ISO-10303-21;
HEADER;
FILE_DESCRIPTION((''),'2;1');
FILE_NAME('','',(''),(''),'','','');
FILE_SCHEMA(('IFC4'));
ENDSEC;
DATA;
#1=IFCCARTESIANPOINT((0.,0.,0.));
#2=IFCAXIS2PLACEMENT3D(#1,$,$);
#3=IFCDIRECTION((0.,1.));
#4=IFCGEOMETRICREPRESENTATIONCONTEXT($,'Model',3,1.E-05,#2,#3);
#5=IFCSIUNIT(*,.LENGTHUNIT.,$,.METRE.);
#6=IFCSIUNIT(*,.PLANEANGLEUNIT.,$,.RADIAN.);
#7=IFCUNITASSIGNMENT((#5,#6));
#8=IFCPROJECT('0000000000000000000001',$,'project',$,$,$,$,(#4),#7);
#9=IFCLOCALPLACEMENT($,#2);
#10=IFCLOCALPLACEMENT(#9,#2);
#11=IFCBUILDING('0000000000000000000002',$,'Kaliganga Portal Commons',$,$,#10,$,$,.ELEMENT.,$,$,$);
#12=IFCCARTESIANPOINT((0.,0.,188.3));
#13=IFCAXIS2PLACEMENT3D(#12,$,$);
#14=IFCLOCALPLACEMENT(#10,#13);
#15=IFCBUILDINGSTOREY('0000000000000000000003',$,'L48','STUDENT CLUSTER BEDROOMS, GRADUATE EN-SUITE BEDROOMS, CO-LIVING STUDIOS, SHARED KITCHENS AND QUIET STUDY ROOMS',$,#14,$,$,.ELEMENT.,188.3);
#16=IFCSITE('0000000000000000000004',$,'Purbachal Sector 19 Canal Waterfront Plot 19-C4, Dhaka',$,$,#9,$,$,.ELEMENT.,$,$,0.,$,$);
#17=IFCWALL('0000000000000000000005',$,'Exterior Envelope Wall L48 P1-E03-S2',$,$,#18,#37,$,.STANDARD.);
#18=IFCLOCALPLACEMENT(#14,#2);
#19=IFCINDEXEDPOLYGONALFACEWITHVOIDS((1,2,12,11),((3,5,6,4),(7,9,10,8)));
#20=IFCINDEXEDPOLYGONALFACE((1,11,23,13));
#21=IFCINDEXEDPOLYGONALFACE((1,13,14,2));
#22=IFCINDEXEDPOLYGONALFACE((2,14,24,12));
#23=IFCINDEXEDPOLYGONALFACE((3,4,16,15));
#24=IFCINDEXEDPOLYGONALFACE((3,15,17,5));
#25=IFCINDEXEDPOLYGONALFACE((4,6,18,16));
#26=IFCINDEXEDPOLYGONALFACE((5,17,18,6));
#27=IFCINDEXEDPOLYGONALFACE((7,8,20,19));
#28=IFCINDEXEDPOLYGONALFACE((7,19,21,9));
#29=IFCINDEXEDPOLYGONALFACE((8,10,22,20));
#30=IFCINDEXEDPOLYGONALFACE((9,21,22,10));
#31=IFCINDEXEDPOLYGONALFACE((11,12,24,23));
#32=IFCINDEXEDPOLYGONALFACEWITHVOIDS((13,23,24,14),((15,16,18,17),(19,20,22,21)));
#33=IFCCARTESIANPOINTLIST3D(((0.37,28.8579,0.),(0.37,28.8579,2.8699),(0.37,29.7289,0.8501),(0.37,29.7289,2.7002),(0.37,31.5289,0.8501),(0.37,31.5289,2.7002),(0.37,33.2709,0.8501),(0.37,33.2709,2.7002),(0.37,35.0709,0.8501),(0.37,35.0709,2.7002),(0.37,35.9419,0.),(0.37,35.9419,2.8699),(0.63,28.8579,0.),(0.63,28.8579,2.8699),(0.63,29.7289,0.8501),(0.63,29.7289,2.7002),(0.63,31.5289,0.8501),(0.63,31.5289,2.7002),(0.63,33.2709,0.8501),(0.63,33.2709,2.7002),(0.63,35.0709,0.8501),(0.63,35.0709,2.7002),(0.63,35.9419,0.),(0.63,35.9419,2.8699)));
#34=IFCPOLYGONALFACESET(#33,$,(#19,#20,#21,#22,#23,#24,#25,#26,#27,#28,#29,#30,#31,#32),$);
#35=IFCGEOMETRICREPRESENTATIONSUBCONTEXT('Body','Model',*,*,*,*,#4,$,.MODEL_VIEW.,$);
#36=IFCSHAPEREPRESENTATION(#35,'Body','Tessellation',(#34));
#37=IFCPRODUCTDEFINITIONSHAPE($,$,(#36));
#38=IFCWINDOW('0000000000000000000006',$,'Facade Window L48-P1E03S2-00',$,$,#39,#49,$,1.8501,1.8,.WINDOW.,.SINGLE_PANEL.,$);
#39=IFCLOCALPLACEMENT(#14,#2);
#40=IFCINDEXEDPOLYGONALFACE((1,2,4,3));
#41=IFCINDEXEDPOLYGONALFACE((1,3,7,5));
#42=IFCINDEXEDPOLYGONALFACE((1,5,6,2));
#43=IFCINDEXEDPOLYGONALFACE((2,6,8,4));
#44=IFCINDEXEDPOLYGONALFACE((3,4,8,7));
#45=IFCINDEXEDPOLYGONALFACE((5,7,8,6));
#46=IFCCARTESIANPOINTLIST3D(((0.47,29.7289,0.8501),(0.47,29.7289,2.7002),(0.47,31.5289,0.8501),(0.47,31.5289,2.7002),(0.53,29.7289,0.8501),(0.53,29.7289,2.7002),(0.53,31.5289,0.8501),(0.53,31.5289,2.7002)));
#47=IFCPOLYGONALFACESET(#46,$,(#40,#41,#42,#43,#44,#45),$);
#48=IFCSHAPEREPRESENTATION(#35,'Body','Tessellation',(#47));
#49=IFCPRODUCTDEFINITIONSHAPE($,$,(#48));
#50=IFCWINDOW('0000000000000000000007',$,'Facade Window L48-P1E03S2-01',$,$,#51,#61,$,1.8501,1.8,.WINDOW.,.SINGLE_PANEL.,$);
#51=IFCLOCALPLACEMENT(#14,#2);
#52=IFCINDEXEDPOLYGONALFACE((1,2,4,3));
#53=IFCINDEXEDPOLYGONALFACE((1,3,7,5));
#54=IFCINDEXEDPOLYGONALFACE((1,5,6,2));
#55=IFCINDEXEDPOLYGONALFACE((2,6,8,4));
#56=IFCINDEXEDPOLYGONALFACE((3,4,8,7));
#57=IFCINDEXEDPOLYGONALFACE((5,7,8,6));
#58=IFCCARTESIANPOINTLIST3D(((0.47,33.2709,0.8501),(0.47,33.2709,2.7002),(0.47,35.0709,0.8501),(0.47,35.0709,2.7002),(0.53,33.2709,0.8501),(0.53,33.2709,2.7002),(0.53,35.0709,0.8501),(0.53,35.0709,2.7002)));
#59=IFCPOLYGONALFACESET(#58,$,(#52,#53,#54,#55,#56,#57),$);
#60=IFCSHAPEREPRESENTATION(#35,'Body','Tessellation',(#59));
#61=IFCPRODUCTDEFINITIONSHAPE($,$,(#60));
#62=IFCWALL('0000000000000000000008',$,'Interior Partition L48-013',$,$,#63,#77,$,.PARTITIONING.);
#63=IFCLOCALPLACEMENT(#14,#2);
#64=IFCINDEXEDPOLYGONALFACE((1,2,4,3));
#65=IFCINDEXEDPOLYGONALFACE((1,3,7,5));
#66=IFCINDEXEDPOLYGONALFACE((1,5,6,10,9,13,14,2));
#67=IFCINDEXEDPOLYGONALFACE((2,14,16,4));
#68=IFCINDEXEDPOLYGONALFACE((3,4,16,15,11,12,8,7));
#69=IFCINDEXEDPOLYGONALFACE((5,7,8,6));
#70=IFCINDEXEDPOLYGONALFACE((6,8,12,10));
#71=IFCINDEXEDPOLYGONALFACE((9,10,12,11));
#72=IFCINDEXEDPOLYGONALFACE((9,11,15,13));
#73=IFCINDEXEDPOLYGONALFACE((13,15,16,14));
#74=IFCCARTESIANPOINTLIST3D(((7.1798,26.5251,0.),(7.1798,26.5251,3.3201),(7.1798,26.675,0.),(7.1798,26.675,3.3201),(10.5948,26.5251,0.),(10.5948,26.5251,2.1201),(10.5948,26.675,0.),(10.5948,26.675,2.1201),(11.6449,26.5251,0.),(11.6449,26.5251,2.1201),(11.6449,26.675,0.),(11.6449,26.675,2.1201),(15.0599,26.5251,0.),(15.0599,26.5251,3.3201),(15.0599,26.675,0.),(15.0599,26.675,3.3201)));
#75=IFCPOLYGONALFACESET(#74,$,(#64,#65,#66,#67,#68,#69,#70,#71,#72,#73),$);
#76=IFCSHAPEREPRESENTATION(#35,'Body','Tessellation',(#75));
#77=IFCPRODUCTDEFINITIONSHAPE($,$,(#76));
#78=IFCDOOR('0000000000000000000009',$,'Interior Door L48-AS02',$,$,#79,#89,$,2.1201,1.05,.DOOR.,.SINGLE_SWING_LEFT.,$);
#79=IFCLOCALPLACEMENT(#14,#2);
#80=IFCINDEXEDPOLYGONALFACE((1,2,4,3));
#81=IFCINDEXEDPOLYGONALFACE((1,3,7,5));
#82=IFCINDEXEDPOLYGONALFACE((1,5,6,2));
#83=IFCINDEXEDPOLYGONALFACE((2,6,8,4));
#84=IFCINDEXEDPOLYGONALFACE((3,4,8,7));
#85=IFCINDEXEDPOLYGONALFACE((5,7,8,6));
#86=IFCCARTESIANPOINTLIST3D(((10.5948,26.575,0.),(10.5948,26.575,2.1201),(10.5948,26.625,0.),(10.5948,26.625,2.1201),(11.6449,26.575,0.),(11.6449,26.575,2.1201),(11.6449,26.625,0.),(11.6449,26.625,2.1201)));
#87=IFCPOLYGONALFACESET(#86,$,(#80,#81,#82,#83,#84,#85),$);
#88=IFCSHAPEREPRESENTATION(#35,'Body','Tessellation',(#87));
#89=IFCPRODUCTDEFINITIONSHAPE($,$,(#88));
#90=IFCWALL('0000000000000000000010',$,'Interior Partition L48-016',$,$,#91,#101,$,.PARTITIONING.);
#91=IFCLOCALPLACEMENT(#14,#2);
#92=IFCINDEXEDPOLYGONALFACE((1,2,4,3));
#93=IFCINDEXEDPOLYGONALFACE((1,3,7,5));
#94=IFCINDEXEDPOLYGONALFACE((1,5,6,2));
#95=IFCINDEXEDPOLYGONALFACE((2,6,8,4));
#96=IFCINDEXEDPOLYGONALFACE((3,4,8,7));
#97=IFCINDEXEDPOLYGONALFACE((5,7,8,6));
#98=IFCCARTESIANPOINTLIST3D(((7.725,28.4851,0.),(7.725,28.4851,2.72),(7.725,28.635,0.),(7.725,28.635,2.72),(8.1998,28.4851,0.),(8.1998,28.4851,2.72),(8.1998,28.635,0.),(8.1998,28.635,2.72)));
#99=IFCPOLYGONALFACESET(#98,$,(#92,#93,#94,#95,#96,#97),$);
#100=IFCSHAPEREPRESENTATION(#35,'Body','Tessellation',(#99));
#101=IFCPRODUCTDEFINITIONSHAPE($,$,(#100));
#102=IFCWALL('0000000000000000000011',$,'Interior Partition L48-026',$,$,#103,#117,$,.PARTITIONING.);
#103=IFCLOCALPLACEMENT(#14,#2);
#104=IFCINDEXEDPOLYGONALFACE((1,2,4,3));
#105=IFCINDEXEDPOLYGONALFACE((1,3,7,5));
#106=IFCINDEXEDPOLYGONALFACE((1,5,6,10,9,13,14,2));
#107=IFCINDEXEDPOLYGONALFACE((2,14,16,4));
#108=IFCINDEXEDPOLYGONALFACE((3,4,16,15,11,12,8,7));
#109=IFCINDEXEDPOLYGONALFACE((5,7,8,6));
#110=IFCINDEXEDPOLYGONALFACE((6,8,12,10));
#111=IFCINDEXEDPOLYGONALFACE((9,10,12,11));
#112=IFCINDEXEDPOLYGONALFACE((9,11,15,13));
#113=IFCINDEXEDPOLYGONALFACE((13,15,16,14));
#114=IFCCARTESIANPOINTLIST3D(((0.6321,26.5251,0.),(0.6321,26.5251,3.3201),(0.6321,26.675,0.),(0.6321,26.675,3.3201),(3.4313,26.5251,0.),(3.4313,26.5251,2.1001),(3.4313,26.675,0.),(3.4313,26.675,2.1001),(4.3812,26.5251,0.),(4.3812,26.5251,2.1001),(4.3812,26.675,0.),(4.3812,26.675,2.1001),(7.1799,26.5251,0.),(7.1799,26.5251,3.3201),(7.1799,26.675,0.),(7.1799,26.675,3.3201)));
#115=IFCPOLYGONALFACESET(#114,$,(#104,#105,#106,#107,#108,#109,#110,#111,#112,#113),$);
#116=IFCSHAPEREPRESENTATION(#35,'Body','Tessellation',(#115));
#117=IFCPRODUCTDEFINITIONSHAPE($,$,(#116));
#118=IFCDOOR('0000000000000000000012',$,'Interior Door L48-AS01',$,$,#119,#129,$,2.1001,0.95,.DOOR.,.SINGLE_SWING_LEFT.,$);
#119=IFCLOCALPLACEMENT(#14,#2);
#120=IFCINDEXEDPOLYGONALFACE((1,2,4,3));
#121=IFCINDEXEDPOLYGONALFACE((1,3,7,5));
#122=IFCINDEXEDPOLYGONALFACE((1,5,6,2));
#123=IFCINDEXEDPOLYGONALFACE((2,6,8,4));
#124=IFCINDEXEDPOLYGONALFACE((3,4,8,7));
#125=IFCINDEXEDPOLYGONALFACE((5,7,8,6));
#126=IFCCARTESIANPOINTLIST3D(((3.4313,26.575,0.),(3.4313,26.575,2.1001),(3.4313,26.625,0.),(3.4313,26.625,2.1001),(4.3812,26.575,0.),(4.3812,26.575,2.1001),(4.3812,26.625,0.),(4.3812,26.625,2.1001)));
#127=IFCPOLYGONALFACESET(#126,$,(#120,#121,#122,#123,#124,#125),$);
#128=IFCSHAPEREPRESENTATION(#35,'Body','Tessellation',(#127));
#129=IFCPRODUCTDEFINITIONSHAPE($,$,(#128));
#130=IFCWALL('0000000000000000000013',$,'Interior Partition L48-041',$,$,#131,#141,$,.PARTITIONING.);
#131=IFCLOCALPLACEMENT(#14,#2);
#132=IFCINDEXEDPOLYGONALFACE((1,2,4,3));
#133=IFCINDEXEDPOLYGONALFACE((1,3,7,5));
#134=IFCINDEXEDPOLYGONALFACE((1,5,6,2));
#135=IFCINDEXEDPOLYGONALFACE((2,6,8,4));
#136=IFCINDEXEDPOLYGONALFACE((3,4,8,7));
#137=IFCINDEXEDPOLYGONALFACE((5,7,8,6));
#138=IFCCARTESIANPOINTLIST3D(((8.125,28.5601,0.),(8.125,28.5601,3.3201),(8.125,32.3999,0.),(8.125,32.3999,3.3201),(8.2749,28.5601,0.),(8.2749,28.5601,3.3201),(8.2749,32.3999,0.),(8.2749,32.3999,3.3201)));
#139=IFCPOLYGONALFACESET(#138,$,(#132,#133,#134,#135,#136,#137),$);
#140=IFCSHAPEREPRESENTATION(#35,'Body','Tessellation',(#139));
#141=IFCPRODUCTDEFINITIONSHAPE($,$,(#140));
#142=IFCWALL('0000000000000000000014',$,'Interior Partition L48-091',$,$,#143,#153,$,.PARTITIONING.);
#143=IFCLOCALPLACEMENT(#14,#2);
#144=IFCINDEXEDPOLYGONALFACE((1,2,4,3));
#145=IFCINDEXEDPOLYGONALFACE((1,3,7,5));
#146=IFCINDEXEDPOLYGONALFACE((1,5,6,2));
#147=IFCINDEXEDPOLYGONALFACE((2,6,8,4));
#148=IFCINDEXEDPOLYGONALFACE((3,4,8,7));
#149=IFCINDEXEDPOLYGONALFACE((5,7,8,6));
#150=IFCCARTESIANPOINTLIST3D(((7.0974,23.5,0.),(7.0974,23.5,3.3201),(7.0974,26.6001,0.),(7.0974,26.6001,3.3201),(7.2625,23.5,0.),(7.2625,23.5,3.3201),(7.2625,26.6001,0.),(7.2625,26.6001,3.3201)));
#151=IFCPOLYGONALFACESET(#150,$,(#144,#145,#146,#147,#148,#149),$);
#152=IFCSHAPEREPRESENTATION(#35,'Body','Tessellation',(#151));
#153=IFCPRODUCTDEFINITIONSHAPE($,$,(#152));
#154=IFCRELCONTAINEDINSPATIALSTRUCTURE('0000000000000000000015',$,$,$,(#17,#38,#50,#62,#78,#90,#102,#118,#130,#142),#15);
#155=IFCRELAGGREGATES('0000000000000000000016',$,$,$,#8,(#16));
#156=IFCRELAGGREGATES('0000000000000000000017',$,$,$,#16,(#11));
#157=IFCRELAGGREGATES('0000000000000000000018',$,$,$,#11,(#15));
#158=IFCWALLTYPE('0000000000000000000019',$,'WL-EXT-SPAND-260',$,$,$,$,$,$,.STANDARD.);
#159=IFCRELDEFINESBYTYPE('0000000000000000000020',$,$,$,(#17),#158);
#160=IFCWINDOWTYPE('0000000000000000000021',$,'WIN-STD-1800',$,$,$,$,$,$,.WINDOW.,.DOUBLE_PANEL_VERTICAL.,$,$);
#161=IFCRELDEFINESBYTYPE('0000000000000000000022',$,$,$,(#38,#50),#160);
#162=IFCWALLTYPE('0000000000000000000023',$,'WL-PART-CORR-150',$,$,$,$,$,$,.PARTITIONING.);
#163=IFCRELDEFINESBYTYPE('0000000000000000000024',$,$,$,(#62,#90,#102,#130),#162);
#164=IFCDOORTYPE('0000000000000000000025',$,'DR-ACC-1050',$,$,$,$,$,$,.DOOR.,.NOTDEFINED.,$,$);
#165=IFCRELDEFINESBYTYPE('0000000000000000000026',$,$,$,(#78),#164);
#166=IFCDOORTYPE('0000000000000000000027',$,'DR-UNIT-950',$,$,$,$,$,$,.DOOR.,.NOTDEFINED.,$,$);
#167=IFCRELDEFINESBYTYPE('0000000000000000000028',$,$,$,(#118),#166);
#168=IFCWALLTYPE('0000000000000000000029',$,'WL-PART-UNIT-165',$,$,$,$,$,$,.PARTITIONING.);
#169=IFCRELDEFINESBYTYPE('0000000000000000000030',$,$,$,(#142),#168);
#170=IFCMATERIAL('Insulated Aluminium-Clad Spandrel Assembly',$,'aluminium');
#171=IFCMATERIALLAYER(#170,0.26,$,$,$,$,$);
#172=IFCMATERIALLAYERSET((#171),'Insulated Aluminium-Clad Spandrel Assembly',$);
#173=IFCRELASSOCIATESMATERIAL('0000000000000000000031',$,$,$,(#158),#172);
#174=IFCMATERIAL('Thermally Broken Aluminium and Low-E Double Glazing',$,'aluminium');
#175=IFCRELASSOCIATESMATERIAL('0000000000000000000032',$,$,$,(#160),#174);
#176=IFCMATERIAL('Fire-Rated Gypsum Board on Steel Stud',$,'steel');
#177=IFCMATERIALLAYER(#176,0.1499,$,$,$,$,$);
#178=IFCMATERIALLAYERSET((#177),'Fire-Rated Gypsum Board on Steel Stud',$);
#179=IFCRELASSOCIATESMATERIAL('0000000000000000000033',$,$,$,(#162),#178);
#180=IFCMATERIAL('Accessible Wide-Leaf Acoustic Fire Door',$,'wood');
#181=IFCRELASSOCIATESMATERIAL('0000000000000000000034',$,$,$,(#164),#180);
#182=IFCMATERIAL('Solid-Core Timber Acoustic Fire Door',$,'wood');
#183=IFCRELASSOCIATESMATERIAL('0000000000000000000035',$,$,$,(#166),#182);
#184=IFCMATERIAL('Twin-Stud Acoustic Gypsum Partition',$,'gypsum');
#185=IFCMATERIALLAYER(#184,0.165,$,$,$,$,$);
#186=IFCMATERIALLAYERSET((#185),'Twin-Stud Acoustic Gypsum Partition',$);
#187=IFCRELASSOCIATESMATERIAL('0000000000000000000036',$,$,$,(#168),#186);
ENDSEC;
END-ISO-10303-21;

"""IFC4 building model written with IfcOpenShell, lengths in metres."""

from ifc_helpers import new_model, si_unit, direction, frame, frame_2d, origin, place, context, subcontext, project, spatial, rectangle, extrude, material, layer, layer_set, type_object, element, fill, save


model = new_model("IFC4")

# Units and contexts
model_context = context("Model", 3, precision=1e-05, world=origin(), true_north=direction((0.0, 1.0)))
body_context = subcontext(model_context, "Body", "Model", "MODEL_VIEW")
ifc_project = project(units=[si_unit("LENGTHUNIT", "METRE"), si_unit("PLANEANGLEUNIT", "RADIAN")], contexts=[model_context])

# Site, building, storey
site_placement = place(None, origin())
site = spatial("IfcSite", under=ifc_project, at=site_placement, Name="Purbachal Sector 19 Canal Waterfront Plot 19-C4, Dhaka", CompositionType="ELEMENT", RefElevation=0.0)
building_placement = place(site_placement, origin())
building = spatial("IfcBuilding", under=site, at=building_placement, Name="Kaliganga Portal Commons", CompositionType="ELEMENT")
storey_placement = place(building_placement, frame((0.0, 0.0, 188.3)))
storey = spatial("IfcBuildingStorey", under=building, at=storey_placement, Name="L48", Description="STUDENT CLUSTER BEDROOMS, GRADUATE EN-SUITE BEDROOMS, CO-LIVING STUDIOS, SHARED KITCHENS AND QUIET STUDY ROOMS", CompositionType="ELEMENT", Elevation=188.3)

# Wall, openings, windows
ifc_material_1 = material(Name="Insulated Aluminium-Clad Spandrel Assembly", Category="aluminium")
ifc_layer_1 = layer(ifc_material_1, 0.26)
ifc_layer_set_1 = layer_set([ifc_layer_1], Name="Insulated Aluminium-Clad Spandrel Assembly")
wall_type_1 = type_object("IfcWallType", Name="WL-EXT-SPAND-260", PredefinedType="STANDARD", material=ifc_layer_set_1)
wall_1_placement = place(storey_placement, frame((0.5, 28.8579, 0.0), z_axis=(0.0, 0.0, 1.0), x_axis=(0.0, 1.0, 0.0)))
wall_1 = element("IfcWall", 1, at=wall_1_placement, inside=storey, type_object=wall_type_1, Name="Exterior Envelope Wall L48 P1-E03-S2", PredefinedType="STANDARD", context=body_context, shape_type="SweptSolid", body=[
    extrude(rectangle(XDim=7.084, YDim=0.26, at=frame_2d((3.542, 0.0))), origin(), (0.0, 0.0, 1.0), 2.8699),
])
opening_1_placement = place(wall_1_placement, frame((0.8711, 0.0, 0.8501)))
opening_1 = element("IfcOpeningElement", 2, at=opening_1_placement, cuts=wall_1, PredefinedType="OPENING", context=body_context, shape_type="SweptSolid", body=[
    extrude(rectangle(XDim=1.8, YDim=1.8501, at=frame_2d((0.8999, 0.925))), frame((0.0, 0.1401, 0.0), z_axis=(0.0, -1.0, 0.0), x_axis=(1.0, 0.0, 0.0)), (0.0, 0.0, 1.0), 0.28),
])
opening_2_placement = place(wall_1_placement, frame((4.4131, 0.0, 0.8501)))
opening_2 = element("IfcOpeningElement", 3, at=opening_2_placement, cuts=wall_1, PredefinedType="OPENING", context=body_context, shape_type="SweptSolid", body=[
    extrude(rectangle(XDim=1.8, YDim=1.8501, at=frame_2d((0.8999, 0.925))), frame((0.0, 0.1401, 0.0), z_axis=(0.0, -1.0, 0.0), x_axis=(1.0, 0.0, 0.0)), (0.0, 0.0, 1.0), 0.28),
])
ifc_material_2 = material(Name="Thermally Broken Aluminium and Low-E Double Glazing", Category="aluminium")
window_type = type_object("IfcWindowType", Name="WIN-STD-1800", PartitioningType="DOUBLE_PANEL_VERTICAL", PredefinedType="WINDOW", material=ifc_material_2)
window_1_placement = place(opening_1_placement, origin())
window_1 = element("IfcWindow", 4, at=window_1_placement, inside=storey, type_object=window_type, Name="Facade Window L48-P1E03S2-00", OverallHeight=1.8501, OverallWidth=1.8, PartitioningType="SINGLE_PANEL", PredefinedType="WINDOW", context=body_context, shape_type="SweptSolid", body=[
    extrude(rectangle(XDim=1.8, YDim=1.8501, at=frame_2d((0.8999, 0.925))), frame((0.0, 0.03, 0.0), z_axis=(0.0, -1.0, 0.0), x_axis=(1.0, 0.0, 0.0)), (0.0, 0.0, 1.0), 0.0601),
])
fill(opening_1, window_1)
window_2_placement = place(opening_2_placement, origin())
window_2 = element("IfcWindow", 5, at=window_2_placement, inside=storey, type_object=window_type, Name="Facade Window L48-P1E03S2-01", OverallHeight=1.8501, OverallWidth=1.8, PartitioningType="SINGLE_PANEL", PredefinedType="WINDOW", context=body_context, shape_type="SweptSolid", body=[
    extrude(rectangle(XDim=1.8, YDim=1.8501, at=frame_2d((0.8999, 0.925))), frame((0.0, 0.03, 0.0), z_axis=(0.0, -1.0, 0.0), x_axis=(1.0, 0.0, 0.0)), (0.0, 0.0, 1.0), 0.0601),
])
fill(opening_2, window_2)

# Wall, opening, door
ifc_material_3 = material(Name="Fire-Rated Gypsum Board on Steel Stud", Category="steel")
ifc_layer_2 = layer(ifc_material_3, 0.1499)
ifc_layer_set_2 = layer_set([ifc_layer_2], Name="Fire-Rated Gypsum Board on Steel Stud")
wall_type_2 = type_object("IfcWallType", Name="WL-PART-CORR-150", PredefinedType="PARTITIONING", material=ifc_layer_set_2)
wall_2_placement = place(storey_placement, frame((7.1799, 26.6001, 0.0), z_axis=(0.0, 0.0, 1.0), x_axis=(1.0, 0.0, 0.0)))
wall_2 = element("IfcWall", 6, at=wall_2_placement, inside=storey, type_object=wall_type_2, Name="Interior Partition L48-013", PredefinedType="PARTITIONING", context=body_context, shape_type="SweptSolid", body=[
    extrude(rectangle(XDim=7.8801, YDim=0.1499, at=frame_2d((3.9399, 0.0))), origin(), (0.0, 0.0, 1.0), 3.3201),
])
opening_3_placement = place(wall_2_placement, frame((3.415, 0.0, 0.0)))
opening_3 = element("IfcOpeningElement", 7, at=opening_3_placement, cuts=wall_2, PredefinedType="OPENING", context=body_context, shape_type="SweptSolid", body=[
    extrude(rectangle(XDim=1.05, YDim=2.1201, at=frame_2d((0.5249, 1.0601))), frame((0.0, 0.085, 0.0), z_axis=(0.0, -1.0, 0.0), x_axis=(1.0, 0.0, 0.0)), (0.0, 0.0, 1.0), 0.1699),
])
ifc_material_4 = material(Name="Accessible Wide-Leaf Acoustic Fire Door", Category="wood")
door_type_1 = type_object("IfcDoorType", Name="DR-ACC-1050", OperationType="NOTDEFINED", PredefinedType="DOOR", material=ifc_material_4)
door_1_placement = place(opening_3_placement, origin())
door_1 = element("IfcDoor", 8, at=door_1_placement, inside=storey, type_object=door_type_1, Name="Interior Door L48-AS02", OperationType="SINGLE_SWING_LEFT", OverallHeight=2.1201, OverallWidth=1.05, PredefinedType="DOOR", context=body_context, shape_type="SweptSolid", body=[
    extrude(rectangle(XDim=1.05, YDim=2.1201, at=frame_2d((0.5249, 1.0601))), frame((0.0, 0.0249, 0.0), z_axis=(0.0, -1.0, 0.0), x_axis=(1.0, 0.0, 0.0)), (0.0, 0.0, 1.0), 0.05),
])
fill(opening_3, door_1)

# Wall
wall_3_placement = place(storey_placement, frame((7.7251, 28.5601, 0.0), z_axis=(0.0, 0.0, 1.0), x_axis=(1.0, 0.0, 0.0)))
element("IfcWall", 9, at=wall_3_placement, inside=storey, type_object=wall_type_2, Name="Interior Partition L48-016", PredefinedType="PARTITIONING", context=body_context, shape_type="SweptSolid", body=[
    extrude(rectangle(XDim=0.4749, YDim=0.1499, at=frame_2d((0.2373, 0.0))), origin(), (0.0, 0.0, 1.0), 2.72),
])

# Wall, opening, door
wall_4_placement = place(storey_placement, frame((0.6321, 26.6001, 0.0), z_axis=(0.0, 0.0, 1.0), x_axis=(1.0, 0.0, 0.0)))
wall_4 = element("IfcWall", 10, at=wall_4_placement, inside=storey, type_object=wall_type_2, Name="Interior Partition L48-026", PredefinedType="PARTITIONING", context=body_context, shape_type="SweptSolid", body=[
    extrude(rectangle(XDim=6.5479, YDim=0.1499, at=frame_2d((3.2739, 0.0))), origin(), (0.0, 0.0, 1.0), 3.3201),
])
opening_4_placement = place(wall_4_placement, frame((2.7991, 0.0, 0.0)))
opening_4 = element("IfcOpeningElement", 11, at=opening_4_placement, cuts=wall_4, PredefinedType="OPENING", context=body_context, shape_type="SweptSolid", body=[
    extrude(rectangle(XDim=0.95, YDim=2.1001, at=frame_2d((0.4751, 1.05))), frame((0.0, 0.085, 0.0), z_axis=(0.0, -1.0, 0.0), x_axis=(1.0, 0.0, 0.0)), (0.0, 0.0, 1.0), 0.1699),
])
ifc_material_5 = material(Name="Solid-Core Timber Acoustic Fire Door", Category="wood")
door_type_2 = type_object("IfcDoorType", Name="DR-UNIT-950", OperationType="NOTDEFINED", PredefinedType="DOOR", material=ifc_material_5)
door_2_placement = place(opening_4_placement, origin())
door_2 = element("IfcDoor", 12, at=door_2_placement, inside=storey, type_object=door_type_2, Name="Interior Door L48-AS01", OperationType="SINGLE_SWING_LEFT", OverallHeight=2.1001, OverallWidth=0.95, PredefinedType="DOOR", context=body_context, shape_type="SweptSolid", body=[
    extrude(rectangle(XDim=0.95, YDim=2.1001, at=frame_2d((0.4751, 1.05))), frame((0.0, 0.0249, 0.0), z_axis=(0.0, -1.0, 0.0), x_axis=(1.0, 0.0, 0.0)), (0.0, 0.0, 1.0), 0.05),
])
fill(opening_4, door_2)

# Walls
wall_5_placement = place(storey_placement, frame((8.2, 28.5601, 0.0), z_axis=(0.0, 0.0, 1.0), x_axis=(0.0, 1.0, 0.0)))
element("IfcWall", 13, at=wall_5_placement, inside=storey, type_object=wall_type_2, Name="Interior Partition L48-041", PredefinedType="PARTITIONING", context=body_context, shape_type="SweptSolid", body=[
    extrude(rectangle(XDim=3.8398, YDim=0.1499, at=frame_2d((1.9199, 0.0))), origin(), (0.0, 0.0, 1.0), 3.3201),
])
ifc_material_6 = material(Name="Twin-Stud Acoustic Gypsum Partition", Category="gypsum")
ifc_layer_3 = layer(ifc_material_6, 0.165)
ifc_layer_set_3 = layer_set([ifc_layer_3], Name="Twin-Stud Acoustic Gypsum Partition")
wall_type_3 = type_object("IfcWallType", Name="WL-PART-UNIT-165", PredefinedType="PARTITIONING", material=ifc_layer_set_3)
wall_6_placement = place(storey_placement, frame((7.1799, 23.5, 0.0), z_axis=(0.0, 0.0, 1.0), x_axis=(0.0, 1.0, 0.0)))
element("IfcWall", 14, at=wall_6_placement, inside=storey, type_object=wall_type_3, Name="Interior Partition L48-091", PredefinedType="PARTITIONING", context=body_context, shape_type="SweptSolid", body=[
    extrude(rectangle(XDim=3.1001, YDim=0.165, at=frame_2d((1.55, 0.0))), origin(), (0.0, 0.0, 1.0), 3.3201),
])

save(model, "model.ifc")
